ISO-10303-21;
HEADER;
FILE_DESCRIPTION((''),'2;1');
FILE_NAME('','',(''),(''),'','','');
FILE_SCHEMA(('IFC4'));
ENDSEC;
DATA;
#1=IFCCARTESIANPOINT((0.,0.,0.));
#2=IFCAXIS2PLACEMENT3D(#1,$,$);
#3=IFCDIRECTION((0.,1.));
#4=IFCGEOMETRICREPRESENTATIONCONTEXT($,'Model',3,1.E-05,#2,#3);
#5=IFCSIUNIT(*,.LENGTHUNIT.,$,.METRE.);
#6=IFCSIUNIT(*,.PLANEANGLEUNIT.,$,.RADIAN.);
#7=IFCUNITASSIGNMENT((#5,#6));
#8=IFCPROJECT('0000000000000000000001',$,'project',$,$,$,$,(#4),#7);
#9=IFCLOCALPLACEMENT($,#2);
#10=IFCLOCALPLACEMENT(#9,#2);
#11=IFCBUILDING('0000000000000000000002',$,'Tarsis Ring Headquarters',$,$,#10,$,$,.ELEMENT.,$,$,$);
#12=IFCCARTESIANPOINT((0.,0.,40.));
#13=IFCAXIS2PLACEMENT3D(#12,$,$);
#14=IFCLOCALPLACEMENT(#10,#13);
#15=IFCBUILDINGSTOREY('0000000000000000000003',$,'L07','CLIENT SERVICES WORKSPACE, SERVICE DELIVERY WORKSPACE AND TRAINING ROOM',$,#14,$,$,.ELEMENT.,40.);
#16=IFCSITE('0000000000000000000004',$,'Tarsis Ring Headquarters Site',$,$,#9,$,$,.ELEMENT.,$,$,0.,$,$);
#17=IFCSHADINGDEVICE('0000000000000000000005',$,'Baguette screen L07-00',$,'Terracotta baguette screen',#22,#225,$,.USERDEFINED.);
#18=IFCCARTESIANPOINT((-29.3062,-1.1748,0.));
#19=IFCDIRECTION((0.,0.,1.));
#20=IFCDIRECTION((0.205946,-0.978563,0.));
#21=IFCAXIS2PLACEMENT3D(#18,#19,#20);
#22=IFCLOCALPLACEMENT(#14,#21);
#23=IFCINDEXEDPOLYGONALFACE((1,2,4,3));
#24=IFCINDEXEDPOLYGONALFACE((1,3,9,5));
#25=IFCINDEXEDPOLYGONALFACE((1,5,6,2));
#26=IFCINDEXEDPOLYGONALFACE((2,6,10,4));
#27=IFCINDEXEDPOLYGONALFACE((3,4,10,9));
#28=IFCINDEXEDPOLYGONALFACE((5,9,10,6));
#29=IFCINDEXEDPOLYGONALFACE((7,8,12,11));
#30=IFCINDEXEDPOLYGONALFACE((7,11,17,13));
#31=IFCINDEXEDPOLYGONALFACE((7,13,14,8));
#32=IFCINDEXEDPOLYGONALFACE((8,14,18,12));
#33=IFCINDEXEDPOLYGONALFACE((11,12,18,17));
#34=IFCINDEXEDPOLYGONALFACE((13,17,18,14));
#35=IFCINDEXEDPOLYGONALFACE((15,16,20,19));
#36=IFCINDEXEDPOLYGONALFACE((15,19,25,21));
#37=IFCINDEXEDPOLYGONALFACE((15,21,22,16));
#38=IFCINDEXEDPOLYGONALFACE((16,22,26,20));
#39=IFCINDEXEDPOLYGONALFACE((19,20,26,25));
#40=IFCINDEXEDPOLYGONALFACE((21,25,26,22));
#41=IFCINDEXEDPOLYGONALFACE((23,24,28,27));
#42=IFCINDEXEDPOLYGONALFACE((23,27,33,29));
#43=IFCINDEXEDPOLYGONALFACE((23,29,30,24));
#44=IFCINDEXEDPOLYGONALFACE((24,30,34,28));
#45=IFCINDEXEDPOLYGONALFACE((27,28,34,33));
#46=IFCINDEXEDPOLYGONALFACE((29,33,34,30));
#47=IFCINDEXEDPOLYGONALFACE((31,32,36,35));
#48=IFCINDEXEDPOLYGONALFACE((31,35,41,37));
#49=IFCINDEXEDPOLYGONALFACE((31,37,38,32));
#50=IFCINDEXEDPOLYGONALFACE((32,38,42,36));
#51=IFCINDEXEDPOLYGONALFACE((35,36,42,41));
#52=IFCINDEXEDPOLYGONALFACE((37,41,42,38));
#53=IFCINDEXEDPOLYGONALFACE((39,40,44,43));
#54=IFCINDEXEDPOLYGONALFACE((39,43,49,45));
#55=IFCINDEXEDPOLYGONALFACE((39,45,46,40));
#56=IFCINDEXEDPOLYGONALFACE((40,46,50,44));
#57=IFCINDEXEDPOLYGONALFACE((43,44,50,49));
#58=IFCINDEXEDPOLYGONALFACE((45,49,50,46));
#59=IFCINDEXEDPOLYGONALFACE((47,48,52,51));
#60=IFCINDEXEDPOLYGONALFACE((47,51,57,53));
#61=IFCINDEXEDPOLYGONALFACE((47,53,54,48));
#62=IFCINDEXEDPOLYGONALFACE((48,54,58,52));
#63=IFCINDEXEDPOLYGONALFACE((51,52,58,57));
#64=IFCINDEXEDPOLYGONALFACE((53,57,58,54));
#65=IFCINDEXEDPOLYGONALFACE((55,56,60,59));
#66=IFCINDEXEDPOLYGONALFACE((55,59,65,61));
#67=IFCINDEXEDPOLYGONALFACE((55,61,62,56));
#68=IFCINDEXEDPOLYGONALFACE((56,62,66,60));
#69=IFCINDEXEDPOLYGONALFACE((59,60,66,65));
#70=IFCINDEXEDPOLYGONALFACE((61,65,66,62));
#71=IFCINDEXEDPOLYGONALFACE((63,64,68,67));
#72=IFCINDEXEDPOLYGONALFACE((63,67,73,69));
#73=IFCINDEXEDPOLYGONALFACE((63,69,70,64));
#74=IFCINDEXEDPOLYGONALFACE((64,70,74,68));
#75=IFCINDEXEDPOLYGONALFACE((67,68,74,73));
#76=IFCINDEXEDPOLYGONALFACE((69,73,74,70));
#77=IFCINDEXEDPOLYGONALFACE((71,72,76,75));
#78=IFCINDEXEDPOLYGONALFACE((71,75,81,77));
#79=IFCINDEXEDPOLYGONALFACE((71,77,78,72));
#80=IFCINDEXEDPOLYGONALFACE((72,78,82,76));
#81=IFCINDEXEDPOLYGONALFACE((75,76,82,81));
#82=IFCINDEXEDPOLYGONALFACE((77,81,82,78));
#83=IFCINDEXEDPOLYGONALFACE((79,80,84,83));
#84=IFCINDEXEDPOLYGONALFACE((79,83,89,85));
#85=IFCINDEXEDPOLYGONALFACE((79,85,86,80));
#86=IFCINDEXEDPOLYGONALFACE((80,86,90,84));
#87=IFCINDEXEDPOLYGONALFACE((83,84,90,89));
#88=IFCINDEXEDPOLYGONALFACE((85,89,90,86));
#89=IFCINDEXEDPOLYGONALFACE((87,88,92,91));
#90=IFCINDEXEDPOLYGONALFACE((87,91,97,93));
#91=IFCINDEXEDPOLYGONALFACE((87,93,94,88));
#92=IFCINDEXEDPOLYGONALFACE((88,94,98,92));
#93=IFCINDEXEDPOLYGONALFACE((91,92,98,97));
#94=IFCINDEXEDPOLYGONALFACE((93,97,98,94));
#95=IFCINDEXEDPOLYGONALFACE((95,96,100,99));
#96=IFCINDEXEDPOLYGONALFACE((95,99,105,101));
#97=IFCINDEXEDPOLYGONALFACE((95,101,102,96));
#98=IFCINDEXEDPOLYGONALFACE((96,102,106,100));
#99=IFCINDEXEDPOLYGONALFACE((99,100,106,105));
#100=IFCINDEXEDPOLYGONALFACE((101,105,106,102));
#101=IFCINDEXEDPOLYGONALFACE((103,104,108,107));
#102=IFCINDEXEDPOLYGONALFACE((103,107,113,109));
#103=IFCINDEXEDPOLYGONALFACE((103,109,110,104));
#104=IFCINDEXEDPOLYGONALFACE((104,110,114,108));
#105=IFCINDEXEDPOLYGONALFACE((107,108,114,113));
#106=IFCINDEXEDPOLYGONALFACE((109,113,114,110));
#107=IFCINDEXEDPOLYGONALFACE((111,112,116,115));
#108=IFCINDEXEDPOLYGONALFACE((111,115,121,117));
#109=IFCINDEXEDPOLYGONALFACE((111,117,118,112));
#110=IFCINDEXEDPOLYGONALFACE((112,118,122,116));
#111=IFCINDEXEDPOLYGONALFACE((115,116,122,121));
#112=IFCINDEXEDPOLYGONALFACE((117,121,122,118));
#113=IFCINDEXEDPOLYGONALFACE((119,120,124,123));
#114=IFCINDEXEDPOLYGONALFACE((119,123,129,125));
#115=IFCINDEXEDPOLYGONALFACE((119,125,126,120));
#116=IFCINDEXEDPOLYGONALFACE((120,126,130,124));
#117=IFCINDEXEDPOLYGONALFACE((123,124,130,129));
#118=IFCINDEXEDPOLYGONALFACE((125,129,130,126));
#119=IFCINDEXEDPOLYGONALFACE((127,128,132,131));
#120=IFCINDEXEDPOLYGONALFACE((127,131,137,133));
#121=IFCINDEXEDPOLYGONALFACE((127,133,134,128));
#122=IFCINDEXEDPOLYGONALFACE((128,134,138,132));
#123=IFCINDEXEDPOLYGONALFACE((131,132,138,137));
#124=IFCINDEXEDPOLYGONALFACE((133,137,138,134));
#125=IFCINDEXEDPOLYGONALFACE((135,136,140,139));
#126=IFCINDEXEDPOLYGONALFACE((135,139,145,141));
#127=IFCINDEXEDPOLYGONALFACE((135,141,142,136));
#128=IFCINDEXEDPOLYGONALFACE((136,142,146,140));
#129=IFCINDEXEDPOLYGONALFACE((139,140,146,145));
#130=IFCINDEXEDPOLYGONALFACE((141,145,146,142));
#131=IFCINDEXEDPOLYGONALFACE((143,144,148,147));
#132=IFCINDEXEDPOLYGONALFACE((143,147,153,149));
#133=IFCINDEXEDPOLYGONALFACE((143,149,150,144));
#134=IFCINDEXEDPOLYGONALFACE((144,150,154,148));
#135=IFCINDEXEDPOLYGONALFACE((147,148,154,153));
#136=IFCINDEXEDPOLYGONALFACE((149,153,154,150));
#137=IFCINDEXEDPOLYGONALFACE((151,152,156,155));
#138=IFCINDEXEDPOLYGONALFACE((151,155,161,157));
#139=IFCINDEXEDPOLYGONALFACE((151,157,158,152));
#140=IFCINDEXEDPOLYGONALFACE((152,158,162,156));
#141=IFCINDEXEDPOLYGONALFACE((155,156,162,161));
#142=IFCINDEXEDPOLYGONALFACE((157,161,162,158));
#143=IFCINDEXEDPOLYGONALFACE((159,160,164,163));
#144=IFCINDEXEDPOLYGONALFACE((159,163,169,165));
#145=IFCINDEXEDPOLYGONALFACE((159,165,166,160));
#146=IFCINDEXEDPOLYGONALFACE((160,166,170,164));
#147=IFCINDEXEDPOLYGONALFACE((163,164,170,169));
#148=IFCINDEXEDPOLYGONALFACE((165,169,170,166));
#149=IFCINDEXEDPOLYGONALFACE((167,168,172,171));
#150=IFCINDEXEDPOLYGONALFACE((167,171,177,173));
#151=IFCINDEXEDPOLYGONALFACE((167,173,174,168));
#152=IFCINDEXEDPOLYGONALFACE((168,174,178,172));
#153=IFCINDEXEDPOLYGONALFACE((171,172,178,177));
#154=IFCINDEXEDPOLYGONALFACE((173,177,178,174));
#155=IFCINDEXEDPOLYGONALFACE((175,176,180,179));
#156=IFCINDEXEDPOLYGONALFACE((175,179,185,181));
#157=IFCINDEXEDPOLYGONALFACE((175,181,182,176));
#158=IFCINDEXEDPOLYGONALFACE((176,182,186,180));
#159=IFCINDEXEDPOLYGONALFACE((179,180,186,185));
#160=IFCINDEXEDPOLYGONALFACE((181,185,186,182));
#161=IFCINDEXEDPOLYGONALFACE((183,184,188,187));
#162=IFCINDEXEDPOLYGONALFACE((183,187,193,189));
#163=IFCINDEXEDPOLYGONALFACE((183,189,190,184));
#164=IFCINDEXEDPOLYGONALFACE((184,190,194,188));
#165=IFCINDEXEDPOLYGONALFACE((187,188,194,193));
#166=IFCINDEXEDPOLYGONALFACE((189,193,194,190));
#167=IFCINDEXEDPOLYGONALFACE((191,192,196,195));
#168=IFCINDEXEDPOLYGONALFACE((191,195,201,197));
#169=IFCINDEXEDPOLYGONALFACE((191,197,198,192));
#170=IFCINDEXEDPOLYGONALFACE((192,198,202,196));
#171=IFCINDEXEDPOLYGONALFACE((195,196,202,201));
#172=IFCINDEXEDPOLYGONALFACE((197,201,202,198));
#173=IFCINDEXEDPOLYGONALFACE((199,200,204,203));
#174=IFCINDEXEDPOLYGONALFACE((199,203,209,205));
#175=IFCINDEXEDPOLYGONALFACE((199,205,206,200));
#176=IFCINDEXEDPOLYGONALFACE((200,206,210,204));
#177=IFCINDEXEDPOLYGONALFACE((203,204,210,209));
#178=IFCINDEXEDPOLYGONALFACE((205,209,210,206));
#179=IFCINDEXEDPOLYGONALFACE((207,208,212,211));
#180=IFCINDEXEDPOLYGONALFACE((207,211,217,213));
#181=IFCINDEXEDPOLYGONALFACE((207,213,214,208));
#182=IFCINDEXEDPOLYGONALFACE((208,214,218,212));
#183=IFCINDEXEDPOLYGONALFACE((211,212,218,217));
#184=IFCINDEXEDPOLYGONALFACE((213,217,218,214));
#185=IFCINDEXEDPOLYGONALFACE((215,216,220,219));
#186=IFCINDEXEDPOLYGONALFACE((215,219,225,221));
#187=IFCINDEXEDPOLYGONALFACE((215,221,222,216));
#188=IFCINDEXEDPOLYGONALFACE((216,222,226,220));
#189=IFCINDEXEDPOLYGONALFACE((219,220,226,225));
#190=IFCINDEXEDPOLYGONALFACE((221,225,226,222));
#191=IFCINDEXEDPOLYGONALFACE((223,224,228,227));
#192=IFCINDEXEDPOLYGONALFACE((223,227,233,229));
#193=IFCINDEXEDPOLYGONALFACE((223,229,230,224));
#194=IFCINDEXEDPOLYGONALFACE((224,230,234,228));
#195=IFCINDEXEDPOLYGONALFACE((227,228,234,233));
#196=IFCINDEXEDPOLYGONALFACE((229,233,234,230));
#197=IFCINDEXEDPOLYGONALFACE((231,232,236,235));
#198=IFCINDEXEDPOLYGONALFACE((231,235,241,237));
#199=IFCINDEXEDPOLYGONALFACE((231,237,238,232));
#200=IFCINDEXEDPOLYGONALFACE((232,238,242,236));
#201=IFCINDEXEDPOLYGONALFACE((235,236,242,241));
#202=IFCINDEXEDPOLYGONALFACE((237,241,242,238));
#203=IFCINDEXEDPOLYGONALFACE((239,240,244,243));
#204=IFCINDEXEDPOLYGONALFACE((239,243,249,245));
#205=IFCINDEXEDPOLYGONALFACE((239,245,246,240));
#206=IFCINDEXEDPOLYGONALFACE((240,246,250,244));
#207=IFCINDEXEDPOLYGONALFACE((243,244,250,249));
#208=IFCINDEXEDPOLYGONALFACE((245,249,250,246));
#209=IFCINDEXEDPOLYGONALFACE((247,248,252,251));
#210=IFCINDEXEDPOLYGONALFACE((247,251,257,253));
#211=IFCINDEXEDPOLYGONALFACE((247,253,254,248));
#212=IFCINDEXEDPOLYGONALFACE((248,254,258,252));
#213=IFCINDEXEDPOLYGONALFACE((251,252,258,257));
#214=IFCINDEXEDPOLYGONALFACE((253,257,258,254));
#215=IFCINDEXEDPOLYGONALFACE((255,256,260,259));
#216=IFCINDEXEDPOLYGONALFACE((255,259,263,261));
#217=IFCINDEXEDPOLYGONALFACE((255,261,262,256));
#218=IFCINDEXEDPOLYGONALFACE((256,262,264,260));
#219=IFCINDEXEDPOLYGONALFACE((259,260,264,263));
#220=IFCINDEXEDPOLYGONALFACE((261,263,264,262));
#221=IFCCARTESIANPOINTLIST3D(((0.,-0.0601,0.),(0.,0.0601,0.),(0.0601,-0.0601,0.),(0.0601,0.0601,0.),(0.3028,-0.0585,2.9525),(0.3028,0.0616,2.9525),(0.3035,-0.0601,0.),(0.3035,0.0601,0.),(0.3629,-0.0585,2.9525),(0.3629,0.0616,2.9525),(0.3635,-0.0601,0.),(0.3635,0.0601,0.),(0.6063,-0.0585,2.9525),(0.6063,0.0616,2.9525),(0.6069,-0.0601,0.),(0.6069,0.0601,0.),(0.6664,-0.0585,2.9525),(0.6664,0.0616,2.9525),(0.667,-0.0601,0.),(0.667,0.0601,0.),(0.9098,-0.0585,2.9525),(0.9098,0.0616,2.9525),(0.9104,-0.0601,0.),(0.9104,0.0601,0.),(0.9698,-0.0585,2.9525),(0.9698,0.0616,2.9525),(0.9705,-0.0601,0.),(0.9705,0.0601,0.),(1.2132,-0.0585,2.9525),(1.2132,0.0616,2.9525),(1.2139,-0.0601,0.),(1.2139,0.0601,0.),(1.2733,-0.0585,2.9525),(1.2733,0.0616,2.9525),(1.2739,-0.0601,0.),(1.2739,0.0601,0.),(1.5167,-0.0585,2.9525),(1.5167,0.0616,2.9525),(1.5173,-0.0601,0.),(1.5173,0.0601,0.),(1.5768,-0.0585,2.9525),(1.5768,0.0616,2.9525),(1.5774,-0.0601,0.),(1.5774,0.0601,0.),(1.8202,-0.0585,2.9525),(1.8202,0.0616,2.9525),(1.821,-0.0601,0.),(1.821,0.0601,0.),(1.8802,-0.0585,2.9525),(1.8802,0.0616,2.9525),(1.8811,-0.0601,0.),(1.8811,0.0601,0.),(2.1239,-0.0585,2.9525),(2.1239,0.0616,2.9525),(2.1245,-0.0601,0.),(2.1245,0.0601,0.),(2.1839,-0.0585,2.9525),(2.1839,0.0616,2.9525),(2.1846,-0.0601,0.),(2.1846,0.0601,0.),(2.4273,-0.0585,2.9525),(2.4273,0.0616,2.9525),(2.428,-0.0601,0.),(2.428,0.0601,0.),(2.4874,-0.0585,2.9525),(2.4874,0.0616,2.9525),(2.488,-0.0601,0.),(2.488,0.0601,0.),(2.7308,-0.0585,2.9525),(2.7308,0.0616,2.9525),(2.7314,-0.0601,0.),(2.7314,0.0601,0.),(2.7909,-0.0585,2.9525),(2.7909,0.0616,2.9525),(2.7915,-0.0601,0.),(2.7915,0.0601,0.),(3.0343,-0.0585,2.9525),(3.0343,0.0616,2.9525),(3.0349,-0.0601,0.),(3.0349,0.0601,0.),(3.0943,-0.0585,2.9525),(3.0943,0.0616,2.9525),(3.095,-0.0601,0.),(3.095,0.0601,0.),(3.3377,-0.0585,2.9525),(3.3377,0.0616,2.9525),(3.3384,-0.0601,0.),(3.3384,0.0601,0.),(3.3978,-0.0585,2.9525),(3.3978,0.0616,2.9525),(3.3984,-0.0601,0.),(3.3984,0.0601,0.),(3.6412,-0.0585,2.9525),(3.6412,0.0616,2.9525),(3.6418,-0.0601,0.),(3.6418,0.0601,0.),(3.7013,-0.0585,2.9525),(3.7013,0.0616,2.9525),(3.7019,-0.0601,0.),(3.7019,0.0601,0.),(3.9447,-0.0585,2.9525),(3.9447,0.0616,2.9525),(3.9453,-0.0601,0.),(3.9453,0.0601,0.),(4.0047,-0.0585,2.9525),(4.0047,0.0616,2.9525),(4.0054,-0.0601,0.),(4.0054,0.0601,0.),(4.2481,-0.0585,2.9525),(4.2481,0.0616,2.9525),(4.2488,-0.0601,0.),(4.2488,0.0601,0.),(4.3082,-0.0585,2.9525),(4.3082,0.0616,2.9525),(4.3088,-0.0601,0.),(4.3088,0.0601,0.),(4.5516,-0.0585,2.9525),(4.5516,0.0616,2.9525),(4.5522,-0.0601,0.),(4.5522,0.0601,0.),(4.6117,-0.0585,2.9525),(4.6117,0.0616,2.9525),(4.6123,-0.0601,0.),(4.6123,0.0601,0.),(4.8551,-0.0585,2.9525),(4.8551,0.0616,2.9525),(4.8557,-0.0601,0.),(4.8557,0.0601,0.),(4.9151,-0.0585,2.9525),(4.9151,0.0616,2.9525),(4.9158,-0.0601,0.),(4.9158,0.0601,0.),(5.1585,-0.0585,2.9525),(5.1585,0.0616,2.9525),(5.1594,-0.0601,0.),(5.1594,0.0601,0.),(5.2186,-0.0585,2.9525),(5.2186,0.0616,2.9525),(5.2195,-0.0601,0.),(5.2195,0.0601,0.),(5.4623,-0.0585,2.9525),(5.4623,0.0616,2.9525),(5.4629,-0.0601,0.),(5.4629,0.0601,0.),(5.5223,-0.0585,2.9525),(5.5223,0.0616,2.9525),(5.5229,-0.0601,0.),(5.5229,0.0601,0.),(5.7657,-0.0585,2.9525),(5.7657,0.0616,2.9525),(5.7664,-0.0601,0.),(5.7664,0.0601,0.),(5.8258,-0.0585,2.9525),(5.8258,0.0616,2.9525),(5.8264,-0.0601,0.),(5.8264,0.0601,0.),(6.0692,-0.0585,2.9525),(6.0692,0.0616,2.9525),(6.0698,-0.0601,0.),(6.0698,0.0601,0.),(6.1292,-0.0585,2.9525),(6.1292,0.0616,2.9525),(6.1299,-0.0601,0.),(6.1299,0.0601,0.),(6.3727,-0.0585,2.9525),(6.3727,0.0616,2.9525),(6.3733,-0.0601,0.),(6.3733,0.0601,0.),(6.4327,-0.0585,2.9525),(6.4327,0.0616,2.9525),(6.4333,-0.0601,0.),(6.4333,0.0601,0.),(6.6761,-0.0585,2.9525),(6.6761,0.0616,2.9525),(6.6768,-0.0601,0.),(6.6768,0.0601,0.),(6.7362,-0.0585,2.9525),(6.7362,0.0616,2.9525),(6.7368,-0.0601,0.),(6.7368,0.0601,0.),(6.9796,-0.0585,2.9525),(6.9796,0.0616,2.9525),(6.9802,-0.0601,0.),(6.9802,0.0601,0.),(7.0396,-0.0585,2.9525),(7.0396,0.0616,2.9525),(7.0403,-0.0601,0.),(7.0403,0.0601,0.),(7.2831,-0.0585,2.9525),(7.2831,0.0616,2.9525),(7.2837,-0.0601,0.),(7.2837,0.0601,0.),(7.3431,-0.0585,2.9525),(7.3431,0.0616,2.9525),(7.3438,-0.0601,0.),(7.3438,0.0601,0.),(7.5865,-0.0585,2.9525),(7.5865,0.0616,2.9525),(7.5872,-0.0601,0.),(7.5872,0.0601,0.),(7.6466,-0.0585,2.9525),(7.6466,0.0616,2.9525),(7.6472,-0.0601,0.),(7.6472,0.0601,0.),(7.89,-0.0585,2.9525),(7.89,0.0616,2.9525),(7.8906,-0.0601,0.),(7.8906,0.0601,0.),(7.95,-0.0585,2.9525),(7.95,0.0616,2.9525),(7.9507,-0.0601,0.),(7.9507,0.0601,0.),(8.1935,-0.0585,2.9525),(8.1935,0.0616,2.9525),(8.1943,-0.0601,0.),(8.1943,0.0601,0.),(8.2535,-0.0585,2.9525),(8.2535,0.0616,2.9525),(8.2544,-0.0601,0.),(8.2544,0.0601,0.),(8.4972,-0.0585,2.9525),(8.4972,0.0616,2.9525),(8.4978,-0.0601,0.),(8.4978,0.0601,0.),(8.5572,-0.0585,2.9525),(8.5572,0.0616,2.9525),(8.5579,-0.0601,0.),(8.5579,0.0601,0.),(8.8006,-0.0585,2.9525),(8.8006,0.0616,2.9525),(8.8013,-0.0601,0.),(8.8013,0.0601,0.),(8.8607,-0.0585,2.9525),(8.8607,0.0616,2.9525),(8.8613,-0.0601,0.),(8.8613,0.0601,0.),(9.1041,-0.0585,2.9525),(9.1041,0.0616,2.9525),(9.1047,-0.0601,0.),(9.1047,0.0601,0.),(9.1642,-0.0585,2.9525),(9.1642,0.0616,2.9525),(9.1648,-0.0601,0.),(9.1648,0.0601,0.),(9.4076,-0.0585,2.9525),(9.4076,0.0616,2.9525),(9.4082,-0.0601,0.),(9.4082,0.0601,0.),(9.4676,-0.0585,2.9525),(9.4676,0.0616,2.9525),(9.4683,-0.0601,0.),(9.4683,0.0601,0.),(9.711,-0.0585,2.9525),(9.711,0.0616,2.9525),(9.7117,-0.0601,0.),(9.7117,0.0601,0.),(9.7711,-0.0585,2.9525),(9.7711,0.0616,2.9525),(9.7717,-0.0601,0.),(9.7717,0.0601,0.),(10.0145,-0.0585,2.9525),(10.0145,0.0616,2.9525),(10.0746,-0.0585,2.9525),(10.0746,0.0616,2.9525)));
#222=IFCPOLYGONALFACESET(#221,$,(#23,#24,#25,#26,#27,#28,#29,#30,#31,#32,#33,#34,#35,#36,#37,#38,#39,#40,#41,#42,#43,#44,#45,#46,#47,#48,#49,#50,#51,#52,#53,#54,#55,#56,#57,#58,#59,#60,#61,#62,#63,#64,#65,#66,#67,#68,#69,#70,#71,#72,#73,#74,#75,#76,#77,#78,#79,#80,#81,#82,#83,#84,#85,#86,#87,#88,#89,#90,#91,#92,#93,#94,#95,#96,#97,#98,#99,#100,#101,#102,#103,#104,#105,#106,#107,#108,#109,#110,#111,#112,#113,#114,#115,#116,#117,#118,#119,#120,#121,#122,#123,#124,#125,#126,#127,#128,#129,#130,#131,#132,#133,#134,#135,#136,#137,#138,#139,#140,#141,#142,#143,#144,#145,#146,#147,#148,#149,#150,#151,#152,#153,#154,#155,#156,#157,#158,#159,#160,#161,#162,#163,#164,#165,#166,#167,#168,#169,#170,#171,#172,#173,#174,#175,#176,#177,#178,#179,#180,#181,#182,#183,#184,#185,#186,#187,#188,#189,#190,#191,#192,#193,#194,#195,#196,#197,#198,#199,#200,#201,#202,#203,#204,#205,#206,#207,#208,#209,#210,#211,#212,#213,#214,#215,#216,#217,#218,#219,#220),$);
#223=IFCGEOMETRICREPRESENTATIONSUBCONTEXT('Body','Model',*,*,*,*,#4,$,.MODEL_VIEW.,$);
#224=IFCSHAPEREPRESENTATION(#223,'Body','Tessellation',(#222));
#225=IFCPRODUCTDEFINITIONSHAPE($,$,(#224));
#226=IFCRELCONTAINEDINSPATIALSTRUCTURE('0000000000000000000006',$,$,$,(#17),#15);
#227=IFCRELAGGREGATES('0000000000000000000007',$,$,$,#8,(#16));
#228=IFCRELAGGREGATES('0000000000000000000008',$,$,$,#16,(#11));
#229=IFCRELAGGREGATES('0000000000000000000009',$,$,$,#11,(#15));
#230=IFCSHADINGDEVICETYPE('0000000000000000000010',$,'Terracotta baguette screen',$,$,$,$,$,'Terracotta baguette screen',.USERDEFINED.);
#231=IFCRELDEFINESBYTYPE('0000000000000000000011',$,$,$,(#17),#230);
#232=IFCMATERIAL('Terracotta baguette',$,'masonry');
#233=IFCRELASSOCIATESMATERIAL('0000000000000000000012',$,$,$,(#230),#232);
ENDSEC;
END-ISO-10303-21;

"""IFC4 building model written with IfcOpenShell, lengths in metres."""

from ifc_helpers import new_model, si_unit, direction, frame, frame_2d, origin, place, context, subcontext, project, spatial, rectangle, composite_profile, extrude, material, type_object, element, save


model = new_model("IFC4")

# Units and contexts
model_context = context("Model", 3, precision=1e-05, world=origin(), true_north=direction((0.0, 1.0)))
body_context = subcontext(model_context, "Body", "Model", "MODEL_VIEW")
ifc_project = project(units=[si_unit("LENGTHUNIT", "METRE"), si_unit("PLANEANGLEUNIT", "RADIAN")], contexts=[model_context])

# Site, building, storey
site_placement = place(None, origin())
site = spatial("IfcSite", under=ifc_project, at=site_placement, Name="Tarsis Ring Headquarters Site", CompositionType="ELEMENT", RefElevation=0.0)
building_placement = place(site_placement, origin())
building = spatial("IfcBuilding", under=site, at=building_placement, Name="Tarsis Ring Headquarters", CompositionType="ELEMENT")
storey_placement = place(building_placement, frame((0.0, 0.0, 40.0)))
storey = spatial("IfcBuildingStorey", under=building, at=storey_placement, Name="L07", Description="CLIENT SERVICES WORKSPACE, SERVICE DELIVERY WORKSPACE AND TRAINING ROOM", CompositionType="ELEMENT", Elevation=40.0)

# Shading device
ifc_material_1 = material(Name="Terracotta baguette", Category="masonry")
shading_device_type = type_object("IfcShadingDeviceType", Name="Terracotta baguette screen", ElementType="Terracotta baguette screen", PredefinedType="USERDEFINED", material=ifc_material_1)
shading_device_placement = place(storey_placement, frame((-29.3062, -1.1748, 0.0), z_axis=(0.0, 0.0, 1.0), x_axis=(0.205946, -0.978563, 0.0)))
element("IfcShadingDevice", 1, at=shading_device_placement, inside=storey, type_object=shading_device_type, Name="Baguette screen L07-00", ObjectType="Terracotta baguette screen", PredefinedType="USERDEFINED", context=body_context, shape_type="SweptSolid", body=[
    extrude(composite_profile([rectangle(XDim=0.0601, YDim=0.1201, at=frame_2d((0.03, 0.0))), rectangle(XDim=0.0601, YDim=0.1201, at=frame_2d((0.3335, 0.0))), rectangle(XDim=0.0601, YDim=0.1201, at=frame_2d((0.637, 0.0))), rectangle(XDim=0.0601, YDim=0.1201, at=frame_2d((0.9404, 0.0))), rectangle(XDim=0.0601, YDim=0.1201, at=frame_2d((1.2439, 0.0))), rectangle(XDim=0.0601, YDim=0.1201, at=frame_2d((1.5474, 0.0))), rectangle(XDim=0.0601, YDim=0.1201, at=frame_2d((1.8511, 0.0))), rectangle(XDim=0.0601, YDim=0.1201, at=frame_2d((2.1545, 0.0))), rectangle(XDim=0.0601, YDim=0.1201, at=frame_2d((2.458, 0.0))), rectangle(XDim=0.0601, YDim=0.1201, at=frame_2d((2.7615, 0.0))), rectangle(XDim=0.0601, YDim=0.1201, at=frame_2d((3.0649, 0.0))), rectangle(XDim=0.0601, YDim=0.1201, at=frame_2d((3.3684, 0.0))), rectangle(XDim=0.0601, YDim=0.1201, at=frame_2d((3.6719, 0.0))), rectangle(XDim=0.0601, YDim=0.1201, at=frame_2d((3.9753, 0.0))), rectangle(XDim=0.0601, YDim=0.1201, at=frame_2d((4.2788, 0.0))), rectangle(XDim=0.0601, YDim=0.1201, at=frame_2d((4.5823, 0.0))), rectangle(XDim=0.0601, YDim=0.1201, at=frame_2d((4.8857, 0.0))), rectangle(XDim=0.0601, YDim=0.1201, at=frame_2d((5.1895, 0.0))), rectangle(XDim=0.0601, YDim=0.1201, at=frame_2d((5.4929, 0.0))), rectangle(XDim=0.0601, YDim=0.1201, at=frame_2d((5.7964, 0.0))), rectangle(XDim=0.0601, YDim=0.1201, at=frame_2d((6.0999, 0.0))), rectangle(XDim=0.0601, YDim=0.1201, at=frame_2d((6.4033, 0.0))), rectangle(XDim=0.0601, YDim=0.1201, at=frame_2d((6.7068, 0.0))), rectangle(XDim=0.0601, YDim=0.1201, at=frame_2d((7.0103, 0.0))), rectangle(XDim=0.0601, YDim=0.1201, at=frame_2d((7.3137, 0.0))), rectangle(XDim=0.0601, YDim=0.1201, at=frame_2d((7.6172, 0.0))), rectangle(XDim=0.0601, YDim=0.1201, at=frame_2d((7.9207, 0.0))), rectangle(XDim=0.0601, YDim=0.1201, at=frame_2d((8.2244, 0.0))), rectangle(XDim=0.0601, YDim=0.1201, at=frame_2d((8.5278, 0.0))), rectangle(XDim=0.0601, YDim=0.1201, at=frame_2d((8.8313, 0.0))), rectangle(XDim=0.0601, YDim=0.1201, at=frame_2d((9.1348, 0.0))), rectangle(XDim=0.0601, YDim=0.1201, at=frame_2d((9.4382, 0.0))), rectangle(XDim=0.0601, YDim=0.1201, at=frame_2d((9.7417, 0.0)))]), origin(), (0.102032, 0.000535, 0.994781), 2.968),
])

save(model, "model.ifc")
